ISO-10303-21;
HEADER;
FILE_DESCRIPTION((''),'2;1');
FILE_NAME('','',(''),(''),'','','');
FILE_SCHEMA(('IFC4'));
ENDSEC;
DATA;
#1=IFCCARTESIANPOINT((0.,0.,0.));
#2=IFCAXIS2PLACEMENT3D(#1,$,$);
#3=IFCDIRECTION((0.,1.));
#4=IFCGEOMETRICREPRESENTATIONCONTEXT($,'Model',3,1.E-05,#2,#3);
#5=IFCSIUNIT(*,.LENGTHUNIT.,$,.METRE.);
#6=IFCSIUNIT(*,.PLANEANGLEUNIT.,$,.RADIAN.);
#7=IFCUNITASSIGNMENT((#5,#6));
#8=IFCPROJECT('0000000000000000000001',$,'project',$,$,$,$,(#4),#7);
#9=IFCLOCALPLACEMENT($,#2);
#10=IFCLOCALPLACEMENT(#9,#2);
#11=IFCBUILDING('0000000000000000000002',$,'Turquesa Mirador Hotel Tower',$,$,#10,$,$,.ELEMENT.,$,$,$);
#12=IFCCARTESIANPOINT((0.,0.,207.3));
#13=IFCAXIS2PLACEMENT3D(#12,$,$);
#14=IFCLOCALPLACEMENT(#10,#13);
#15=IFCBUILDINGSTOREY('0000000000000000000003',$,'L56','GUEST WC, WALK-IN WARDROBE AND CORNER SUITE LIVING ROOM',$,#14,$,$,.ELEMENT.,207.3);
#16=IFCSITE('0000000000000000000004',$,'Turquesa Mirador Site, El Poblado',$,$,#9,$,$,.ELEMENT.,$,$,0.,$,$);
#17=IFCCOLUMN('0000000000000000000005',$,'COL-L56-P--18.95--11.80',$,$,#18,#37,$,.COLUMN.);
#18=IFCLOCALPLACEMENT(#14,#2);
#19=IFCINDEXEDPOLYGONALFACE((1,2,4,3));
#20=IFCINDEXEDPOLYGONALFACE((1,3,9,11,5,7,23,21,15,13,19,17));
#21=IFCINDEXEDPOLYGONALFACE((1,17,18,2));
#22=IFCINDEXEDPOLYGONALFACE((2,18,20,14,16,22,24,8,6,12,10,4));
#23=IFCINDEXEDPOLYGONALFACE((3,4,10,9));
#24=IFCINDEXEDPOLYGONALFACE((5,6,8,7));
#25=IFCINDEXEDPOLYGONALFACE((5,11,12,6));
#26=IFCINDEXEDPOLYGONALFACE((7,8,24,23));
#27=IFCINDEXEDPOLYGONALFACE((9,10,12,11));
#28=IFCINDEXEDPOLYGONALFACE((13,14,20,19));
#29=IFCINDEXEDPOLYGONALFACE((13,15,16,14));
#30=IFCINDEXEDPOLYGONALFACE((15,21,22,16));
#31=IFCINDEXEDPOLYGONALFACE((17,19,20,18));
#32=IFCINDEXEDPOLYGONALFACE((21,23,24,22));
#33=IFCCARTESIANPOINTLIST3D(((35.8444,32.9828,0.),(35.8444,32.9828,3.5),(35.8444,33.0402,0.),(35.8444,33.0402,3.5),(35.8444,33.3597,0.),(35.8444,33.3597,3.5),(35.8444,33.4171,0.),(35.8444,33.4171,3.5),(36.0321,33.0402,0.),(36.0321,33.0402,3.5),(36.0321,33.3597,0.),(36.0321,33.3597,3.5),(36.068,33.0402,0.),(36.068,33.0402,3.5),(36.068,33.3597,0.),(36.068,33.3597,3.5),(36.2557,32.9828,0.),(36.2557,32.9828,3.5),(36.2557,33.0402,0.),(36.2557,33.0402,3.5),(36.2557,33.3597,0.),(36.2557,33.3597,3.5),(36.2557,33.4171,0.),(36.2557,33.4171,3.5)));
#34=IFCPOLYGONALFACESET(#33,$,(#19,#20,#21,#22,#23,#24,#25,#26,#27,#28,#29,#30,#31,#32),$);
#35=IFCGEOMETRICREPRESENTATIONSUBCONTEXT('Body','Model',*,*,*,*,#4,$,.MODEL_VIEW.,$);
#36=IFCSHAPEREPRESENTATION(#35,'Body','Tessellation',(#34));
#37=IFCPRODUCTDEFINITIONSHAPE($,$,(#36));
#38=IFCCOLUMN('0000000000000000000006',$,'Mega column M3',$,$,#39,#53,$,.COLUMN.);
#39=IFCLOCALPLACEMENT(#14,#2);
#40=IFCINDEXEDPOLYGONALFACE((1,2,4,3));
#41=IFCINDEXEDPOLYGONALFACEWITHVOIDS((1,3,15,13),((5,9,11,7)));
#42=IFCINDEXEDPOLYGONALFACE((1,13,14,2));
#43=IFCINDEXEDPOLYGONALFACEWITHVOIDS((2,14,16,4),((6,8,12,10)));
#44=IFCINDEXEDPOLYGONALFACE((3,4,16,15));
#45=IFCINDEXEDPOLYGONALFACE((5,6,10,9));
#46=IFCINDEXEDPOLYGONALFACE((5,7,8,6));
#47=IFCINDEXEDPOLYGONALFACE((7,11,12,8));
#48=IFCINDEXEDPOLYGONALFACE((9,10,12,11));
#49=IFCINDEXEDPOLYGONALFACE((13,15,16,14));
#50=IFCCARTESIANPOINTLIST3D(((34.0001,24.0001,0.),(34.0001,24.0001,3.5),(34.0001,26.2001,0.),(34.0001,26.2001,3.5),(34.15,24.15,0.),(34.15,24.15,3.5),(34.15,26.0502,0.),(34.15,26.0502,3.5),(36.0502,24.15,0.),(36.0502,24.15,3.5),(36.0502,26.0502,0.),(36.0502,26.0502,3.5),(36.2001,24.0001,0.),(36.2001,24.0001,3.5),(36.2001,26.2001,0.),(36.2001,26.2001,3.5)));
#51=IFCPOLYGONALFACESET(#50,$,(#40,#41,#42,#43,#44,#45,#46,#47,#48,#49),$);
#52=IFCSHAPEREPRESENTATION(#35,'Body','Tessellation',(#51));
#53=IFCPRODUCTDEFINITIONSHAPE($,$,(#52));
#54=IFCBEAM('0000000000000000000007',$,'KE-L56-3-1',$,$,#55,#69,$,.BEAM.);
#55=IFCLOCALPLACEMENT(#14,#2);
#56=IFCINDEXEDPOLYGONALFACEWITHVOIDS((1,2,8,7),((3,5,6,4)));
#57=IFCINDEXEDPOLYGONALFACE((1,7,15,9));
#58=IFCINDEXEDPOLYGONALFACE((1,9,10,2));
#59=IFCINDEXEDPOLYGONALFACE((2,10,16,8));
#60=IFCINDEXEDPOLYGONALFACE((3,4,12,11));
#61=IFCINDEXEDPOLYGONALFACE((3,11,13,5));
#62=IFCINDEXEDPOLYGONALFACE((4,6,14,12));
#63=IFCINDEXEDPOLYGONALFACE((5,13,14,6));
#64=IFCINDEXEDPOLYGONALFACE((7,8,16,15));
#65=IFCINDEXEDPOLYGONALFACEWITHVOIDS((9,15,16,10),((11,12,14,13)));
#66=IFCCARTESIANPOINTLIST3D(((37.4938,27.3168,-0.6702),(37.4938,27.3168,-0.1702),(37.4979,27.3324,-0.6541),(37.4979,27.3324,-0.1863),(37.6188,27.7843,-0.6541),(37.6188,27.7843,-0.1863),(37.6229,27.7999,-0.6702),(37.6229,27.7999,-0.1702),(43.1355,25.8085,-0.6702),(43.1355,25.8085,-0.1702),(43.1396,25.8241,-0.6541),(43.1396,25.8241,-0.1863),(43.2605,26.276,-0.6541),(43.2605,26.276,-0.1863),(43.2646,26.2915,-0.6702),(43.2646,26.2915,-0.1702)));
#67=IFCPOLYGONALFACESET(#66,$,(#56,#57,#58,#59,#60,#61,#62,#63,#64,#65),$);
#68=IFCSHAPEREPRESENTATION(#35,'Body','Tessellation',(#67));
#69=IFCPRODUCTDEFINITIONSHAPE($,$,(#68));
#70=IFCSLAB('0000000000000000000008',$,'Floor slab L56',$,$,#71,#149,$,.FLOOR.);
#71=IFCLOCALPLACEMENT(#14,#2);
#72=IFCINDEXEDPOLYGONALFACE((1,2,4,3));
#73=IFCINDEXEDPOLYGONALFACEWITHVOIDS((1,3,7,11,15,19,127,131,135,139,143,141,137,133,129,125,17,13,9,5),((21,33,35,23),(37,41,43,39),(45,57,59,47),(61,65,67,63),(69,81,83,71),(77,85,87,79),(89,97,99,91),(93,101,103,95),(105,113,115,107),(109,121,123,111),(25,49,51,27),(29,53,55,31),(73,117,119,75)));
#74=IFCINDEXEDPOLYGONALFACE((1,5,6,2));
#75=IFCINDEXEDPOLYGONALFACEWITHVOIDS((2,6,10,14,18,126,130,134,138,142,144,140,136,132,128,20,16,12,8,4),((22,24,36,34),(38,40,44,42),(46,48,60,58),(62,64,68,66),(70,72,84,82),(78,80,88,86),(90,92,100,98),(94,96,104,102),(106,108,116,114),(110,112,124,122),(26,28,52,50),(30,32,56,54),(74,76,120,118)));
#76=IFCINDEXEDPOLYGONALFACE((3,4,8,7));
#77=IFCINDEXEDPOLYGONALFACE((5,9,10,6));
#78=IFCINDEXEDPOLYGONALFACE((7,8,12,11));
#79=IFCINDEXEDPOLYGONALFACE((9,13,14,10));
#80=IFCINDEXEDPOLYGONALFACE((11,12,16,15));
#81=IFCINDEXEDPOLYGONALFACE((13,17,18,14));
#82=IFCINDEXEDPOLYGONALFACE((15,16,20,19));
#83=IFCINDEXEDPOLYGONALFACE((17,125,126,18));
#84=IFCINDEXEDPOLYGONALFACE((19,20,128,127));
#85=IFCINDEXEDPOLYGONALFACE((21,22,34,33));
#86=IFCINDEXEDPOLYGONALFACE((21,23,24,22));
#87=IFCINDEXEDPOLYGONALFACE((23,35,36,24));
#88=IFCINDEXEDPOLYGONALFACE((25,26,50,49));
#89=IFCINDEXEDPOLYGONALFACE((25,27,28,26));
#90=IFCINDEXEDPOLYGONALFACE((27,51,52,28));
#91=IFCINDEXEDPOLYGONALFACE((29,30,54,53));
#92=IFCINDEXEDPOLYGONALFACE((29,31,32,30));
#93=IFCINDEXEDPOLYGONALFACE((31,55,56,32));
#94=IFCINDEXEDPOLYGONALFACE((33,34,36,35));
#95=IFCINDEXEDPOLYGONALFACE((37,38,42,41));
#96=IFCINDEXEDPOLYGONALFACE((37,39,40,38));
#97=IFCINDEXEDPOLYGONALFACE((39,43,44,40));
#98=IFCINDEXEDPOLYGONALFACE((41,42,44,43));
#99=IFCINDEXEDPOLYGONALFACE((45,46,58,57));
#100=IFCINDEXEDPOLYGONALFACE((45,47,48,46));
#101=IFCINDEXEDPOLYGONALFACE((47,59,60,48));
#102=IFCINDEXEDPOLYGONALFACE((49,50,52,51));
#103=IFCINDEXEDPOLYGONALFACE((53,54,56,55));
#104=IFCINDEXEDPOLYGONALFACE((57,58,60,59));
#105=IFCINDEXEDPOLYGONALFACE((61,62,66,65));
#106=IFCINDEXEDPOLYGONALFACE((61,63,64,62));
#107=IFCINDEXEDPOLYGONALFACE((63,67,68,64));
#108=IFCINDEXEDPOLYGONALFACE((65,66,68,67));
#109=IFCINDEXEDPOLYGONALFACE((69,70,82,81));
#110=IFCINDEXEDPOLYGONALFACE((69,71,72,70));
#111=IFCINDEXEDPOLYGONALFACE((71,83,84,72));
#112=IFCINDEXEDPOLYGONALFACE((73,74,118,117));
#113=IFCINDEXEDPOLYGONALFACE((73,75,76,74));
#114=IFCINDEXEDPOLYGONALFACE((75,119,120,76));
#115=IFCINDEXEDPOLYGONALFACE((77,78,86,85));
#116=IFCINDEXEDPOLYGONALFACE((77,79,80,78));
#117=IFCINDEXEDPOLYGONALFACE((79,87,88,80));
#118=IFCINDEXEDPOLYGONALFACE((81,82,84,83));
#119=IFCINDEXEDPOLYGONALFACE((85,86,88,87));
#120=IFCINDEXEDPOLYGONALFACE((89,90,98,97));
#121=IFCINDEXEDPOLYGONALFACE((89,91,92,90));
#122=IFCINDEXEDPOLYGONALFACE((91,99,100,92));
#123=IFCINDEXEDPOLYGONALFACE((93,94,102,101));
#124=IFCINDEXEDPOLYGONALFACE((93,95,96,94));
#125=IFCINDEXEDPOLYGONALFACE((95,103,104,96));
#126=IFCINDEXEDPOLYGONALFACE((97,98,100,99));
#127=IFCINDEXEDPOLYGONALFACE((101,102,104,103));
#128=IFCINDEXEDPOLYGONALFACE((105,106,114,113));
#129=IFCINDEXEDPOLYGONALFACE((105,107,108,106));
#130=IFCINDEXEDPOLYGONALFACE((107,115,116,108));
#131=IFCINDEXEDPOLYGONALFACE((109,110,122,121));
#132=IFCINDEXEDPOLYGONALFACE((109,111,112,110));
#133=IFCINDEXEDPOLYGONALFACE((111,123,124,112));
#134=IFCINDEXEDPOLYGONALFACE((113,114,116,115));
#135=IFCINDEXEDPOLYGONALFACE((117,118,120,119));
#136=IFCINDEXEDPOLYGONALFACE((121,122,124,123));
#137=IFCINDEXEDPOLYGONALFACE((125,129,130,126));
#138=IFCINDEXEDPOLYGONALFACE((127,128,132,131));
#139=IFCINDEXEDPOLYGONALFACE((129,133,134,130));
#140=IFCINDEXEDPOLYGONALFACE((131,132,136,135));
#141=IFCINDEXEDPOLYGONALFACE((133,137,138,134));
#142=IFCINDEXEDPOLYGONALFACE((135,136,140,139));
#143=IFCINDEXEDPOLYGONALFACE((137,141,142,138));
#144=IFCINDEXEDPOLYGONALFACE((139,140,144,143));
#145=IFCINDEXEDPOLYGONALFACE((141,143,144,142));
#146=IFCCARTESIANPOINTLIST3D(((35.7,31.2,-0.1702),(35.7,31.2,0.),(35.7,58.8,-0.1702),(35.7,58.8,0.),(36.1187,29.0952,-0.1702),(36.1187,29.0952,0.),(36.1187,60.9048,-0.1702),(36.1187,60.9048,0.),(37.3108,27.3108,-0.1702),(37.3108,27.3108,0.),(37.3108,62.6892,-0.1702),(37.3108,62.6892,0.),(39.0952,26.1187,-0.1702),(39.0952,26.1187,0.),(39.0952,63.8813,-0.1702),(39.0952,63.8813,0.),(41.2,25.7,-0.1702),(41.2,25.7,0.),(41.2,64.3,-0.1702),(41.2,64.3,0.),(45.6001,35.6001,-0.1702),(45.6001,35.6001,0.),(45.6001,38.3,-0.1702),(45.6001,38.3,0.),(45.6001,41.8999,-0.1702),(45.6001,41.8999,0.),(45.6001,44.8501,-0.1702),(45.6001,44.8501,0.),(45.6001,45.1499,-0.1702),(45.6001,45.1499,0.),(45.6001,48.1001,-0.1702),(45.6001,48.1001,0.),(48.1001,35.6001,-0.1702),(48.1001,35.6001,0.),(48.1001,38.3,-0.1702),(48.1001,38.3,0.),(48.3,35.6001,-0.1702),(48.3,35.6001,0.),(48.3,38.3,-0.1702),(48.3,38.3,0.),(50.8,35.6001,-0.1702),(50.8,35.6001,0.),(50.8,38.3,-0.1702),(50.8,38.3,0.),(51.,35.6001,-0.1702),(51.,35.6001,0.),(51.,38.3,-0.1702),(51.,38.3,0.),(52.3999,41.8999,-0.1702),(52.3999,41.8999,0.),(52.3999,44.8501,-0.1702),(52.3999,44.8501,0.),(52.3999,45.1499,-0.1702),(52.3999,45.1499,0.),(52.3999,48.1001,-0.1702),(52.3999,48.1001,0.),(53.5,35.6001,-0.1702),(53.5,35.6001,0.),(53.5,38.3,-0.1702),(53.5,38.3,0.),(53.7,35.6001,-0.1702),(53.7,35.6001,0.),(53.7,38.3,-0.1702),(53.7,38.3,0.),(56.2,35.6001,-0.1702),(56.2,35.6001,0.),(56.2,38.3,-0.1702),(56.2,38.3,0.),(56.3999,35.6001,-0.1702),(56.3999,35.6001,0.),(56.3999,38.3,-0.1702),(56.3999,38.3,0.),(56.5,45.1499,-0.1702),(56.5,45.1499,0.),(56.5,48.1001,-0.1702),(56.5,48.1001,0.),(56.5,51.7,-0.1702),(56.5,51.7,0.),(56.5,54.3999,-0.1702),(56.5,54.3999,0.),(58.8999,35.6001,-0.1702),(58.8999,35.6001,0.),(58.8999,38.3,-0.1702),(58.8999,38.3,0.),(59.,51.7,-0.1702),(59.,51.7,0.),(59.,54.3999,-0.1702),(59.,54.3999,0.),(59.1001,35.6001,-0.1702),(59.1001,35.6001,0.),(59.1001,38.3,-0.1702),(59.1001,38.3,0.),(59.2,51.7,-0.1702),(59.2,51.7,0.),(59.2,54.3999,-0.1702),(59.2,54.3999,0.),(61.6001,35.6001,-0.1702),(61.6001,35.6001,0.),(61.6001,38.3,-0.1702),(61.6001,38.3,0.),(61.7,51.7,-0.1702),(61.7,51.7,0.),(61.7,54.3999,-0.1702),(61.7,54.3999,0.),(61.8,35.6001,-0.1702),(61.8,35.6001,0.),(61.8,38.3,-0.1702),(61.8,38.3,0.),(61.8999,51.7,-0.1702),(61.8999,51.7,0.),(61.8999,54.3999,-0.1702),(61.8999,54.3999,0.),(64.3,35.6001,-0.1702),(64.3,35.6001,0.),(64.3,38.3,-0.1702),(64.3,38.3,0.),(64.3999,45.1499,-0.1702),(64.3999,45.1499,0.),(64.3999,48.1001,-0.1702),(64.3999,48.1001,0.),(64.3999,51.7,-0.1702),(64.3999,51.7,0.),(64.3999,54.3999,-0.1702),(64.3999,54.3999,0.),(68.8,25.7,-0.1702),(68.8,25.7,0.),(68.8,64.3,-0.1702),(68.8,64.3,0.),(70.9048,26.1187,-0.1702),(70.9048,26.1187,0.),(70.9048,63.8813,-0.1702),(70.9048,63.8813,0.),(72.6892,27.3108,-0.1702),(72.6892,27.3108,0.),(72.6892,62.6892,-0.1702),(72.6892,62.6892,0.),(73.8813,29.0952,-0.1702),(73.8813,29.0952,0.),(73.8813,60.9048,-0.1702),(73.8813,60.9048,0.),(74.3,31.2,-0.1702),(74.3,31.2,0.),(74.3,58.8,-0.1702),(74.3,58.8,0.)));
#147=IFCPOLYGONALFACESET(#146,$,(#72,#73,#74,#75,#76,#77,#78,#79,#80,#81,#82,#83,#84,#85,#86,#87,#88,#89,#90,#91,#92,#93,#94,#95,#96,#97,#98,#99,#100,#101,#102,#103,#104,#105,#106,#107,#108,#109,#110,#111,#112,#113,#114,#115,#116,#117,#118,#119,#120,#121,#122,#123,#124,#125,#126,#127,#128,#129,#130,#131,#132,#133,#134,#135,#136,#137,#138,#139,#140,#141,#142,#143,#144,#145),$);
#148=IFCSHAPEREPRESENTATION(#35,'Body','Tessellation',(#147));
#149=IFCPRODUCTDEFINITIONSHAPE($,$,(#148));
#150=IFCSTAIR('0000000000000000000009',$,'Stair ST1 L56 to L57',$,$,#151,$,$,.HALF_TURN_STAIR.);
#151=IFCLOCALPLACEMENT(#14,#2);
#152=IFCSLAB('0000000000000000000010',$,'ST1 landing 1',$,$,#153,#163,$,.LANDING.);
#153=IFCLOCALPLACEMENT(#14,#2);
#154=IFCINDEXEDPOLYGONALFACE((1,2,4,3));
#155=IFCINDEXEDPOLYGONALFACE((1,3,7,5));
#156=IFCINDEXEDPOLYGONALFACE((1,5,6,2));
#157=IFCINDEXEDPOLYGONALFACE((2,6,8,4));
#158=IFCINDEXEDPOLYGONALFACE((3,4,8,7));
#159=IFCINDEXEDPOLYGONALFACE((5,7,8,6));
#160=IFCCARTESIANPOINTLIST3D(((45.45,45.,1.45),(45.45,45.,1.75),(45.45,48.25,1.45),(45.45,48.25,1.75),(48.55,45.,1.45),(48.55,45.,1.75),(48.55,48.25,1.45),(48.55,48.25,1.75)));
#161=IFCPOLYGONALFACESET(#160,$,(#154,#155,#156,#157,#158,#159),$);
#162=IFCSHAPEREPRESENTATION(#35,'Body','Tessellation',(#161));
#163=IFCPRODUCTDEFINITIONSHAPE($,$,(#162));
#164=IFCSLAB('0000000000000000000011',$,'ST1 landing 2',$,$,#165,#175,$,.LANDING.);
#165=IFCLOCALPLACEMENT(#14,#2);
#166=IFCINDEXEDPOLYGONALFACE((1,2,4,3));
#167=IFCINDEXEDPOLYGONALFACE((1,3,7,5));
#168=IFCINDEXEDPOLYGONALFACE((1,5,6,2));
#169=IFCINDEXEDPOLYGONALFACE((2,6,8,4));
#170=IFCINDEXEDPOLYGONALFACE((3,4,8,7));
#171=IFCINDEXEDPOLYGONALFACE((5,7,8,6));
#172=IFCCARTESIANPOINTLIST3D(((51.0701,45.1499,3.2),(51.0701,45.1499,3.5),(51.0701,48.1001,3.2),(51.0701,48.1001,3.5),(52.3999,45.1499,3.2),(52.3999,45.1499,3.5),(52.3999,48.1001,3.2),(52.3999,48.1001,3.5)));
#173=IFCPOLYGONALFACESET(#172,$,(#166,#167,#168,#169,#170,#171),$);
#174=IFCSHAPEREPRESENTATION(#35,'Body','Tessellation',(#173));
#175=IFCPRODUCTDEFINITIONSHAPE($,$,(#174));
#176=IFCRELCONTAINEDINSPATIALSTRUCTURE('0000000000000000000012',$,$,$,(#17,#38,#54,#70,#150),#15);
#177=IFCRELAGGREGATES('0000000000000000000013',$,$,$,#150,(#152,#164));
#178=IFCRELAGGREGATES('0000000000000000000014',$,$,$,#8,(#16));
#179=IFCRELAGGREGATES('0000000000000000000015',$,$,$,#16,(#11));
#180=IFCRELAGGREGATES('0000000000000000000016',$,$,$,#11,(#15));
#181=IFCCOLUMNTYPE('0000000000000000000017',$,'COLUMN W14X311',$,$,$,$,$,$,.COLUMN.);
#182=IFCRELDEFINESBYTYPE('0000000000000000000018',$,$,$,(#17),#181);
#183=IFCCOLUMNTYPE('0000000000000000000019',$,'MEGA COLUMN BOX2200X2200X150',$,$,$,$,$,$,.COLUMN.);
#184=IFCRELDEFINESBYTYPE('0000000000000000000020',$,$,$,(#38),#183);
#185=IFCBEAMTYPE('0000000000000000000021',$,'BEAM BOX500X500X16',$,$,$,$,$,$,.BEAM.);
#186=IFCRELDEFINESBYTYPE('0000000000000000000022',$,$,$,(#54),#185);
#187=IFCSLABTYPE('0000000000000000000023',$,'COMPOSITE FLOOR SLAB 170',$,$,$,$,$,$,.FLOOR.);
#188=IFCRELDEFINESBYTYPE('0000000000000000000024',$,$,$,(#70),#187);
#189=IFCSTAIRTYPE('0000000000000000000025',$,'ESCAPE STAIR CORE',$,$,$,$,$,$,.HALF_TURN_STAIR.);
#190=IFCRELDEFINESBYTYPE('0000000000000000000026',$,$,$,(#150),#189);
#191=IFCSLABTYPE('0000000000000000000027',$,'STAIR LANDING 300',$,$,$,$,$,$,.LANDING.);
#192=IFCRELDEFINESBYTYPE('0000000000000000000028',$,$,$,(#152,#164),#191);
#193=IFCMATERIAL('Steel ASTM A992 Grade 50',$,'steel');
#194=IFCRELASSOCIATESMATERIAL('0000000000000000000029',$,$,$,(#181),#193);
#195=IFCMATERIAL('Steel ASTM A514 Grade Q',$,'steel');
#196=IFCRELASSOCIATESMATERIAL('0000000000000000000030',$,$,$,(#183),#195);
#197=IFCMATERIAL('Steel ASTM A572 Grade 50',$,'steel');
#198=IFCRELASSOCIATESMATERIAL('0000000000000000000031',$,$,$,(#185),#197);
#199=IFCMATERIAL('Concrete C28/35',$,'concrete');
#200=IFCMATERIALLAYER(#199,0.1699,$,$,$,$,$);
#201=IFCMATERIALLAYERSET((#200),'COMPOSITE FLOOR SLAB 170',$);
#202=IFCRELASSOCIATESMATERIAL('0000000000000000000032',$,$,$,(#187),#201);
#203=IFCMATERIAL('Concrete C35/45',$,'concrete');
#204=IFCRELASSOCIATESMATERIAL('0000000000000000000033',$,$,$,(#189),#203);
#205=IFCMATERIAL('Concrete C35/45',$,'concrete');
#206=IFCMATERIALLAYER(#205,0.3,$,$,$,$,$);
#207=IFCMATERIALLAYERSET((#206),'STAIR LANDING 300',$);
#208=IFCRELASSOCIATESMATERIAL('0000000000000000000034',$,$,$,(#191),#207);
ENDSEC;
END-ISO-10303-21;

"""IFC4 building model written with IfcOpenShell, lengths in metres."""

from ifc_helpers import new_model, si_unit, direction, frame, origin, origin_2d, place, context, subcontext, project, spatial, polyline, hollow_rectangle, i_section, outline, extrude, material, layer, layer_set, material_profile, profile_set, type_object, element, aggregate, save


model = new_model("IFC4")

# Units and contexts
model_context = context("Model", 3, precision=1e-05, world=origin(), true_north=direction((0.0, 1.0)))
body_context = subcontext(model_context, "Body", "Model", "MODEL_VIEW")
ifc_project = project(units=[si_unit("LENGTHUNIT", "METRE"), si_unit("PLANEANGLEUNIT", "RADIAN")], contexts=[model_context])

# Site, building, storey
site_placement = place(None, origin())
site = spatial("IfcSite", under=ifc_project, at=site_placement, Name="Turquesa Mirador Site, El Poblado", CompositionType="ELEMENT", RefElevation=0.0)
building_placement = place(site_placement, origin())
building = spatial("IfcBuilding", under=site, at=building_placement, Name="Turquesa Mirador Hotel Tower", CompositionType="ELEMENT")
storey_placement = place(building_placement, frame((0.0, 0.0, 207.3)))
storey = spatial("IfcBuildingStorey", under=building, at=storey_placement, Name="L56", Description="GUEST WC, WALK-IN WARDROBE AND CORNER SUITE LIVING ROOM", CompositionType="ELEMENT", Elevation=207.3)

# Columns
ifc_material_1 = material(Name="Steel ASTM A992 Grade 50", Category="steel")
ifc_material_profile_1 = material_profile(ifc_material_1, i_section(OverallWidth=0.4114, OverallDepth=0.4343, WebThickness=0.0359, FlangeThickness=0.0574, at=origin_2d()), Name="W14X311")
ifc_profile_set_1 = profile_set([ifc_material_profile_1], Name="Steel ASTM A992 Grade 50")
column_type_1 = type_object("IfcColumnType", Name="COLUMN W14X311", PredefinedType="COLUMN", material=ifc_profile_set_1)
column_1_placement = place(storey_placement, frame((36.05, 33.2, 0.0), z_axis=(0.0, 0.0, 1.0), x_axis=(1.0, 0.0, 0.0)))
element("IfcColumn", 1, at=column_1_placement, inside=storey, type_object=column_type_1, Name="COL-L56-P--18.95--11.80", PredefinedType="COLUMN", context=body_context, shape_type="SweptSolid", body=[
    extrude(i_section(OverallWidth=0.4114, OverallDepth=0.4343, WebThickness=0.0359, FlangeThickness=0.0574, at=origin_2d()), origin(), (0.0, 0.0, 1.0), 3.5),
])
ifc_material_2 = material(Name="Steel ASTM A514 Grade Q", Category="steel")
ifc_material_profile_2 = material_profile(ifc_material_2, hollow_rectangle(XDim=2.2, YDim=2.2, WallThickness=0.1499, at=origin_2d()), Name="BOX2200X2200X150")
ifc_profile_set_2 = profile_set([ifc_material_profile_2], Name="Steel ASTM A514 Grade Q")
column_type_2 = type_object("IfcColumnType", Name="MEGA COLUMN BOX2200X2200X150", PredefinedType="COLUMN", material=ifc_profile_set_2)
column_2_placement = place(storey_placement, frame((35.1001, 25.1001, 0.0), z_axis=(0.0, 0.0, 1.0), x_axis=(1.0, 0.0, 0.0)))
element("IfcColumn", 2, at=column_2_placement, inside=storey, type_object=column_type_2, Name="Mega column M3", PredefinedType="COLUMN", context=body_context, shape_type="SweptSolid", body=[
    extrude(hollow_rectangle(XDim=2.2, YDim=2.2, WallThickness=0.1499, at=origin_2d()), origin(), (0.0, 0.0, 1.0), 3.5),
])

# Beam
ifc_material_3 = material(Name="Steel ASTM A572 Grade 50", Category="steel")
ifc_material_profile_3 = material_profile(ifc_material_3, hollow_rectangle(XDim=0.5, YDim=0.5, WallThickness=0.0161, at=origin_2d()), Name="BOX500X500X16")
ifc_profile_set_3 = profile_set([ifc_material_profile_3], Name="Steel ASTM A572 Grade 50")
beam_type = type_object("IfcBeamType", Name="BEAM BOX500X500X16", PredefinedType="BEAM", material=ifc_profile_set_3)
beam_placement = place(storey_placement, frame((37.5583, 27.5583, -0.4202), z_axis=(0.96607, -0.258282, 0.0), x_axis=(0.258282, 0.96607, 0.0)))
element("IfcBeam", 3, at=beam_placement, inside=storey, type_object=beam_type, Name="KE-L56-3-1", PredefinedType="BEAM", context=body_context, shape_type="SweptSolid", body=[
    extrude(hollow_rectangle(XDim=0.5, YDim=0.5, WallThickness=0.0161, at=origin_2d()), origin(), (0.0, 0.0, 1.0), 5.8398),
])

# Slab
ifc_material_4 = material(Name="Concrete C28/35", Category="concrete")
ifc_layer_1 = layer(ifc_material_4, 0.1699)
ifc_layer_set_1 = layer_set([ifc_layer_1], Name="COMPOSITE FLOOR SLAB 170")
slab_type_1 = type_object("IfcSlabType", Name="COMPOSITE FLOOR SLAB 170", PredefinedType="FLOOR", material=ifc_layer_set_1)
slab_1_placement = place(storey_placement, frame((0.0, 0.0, -0.1702)))
element("IfcSlab", 4, at=slab_1_placement, inside=storey, type_object=slab_type_1, Name="Floor slab L56", PredefinedType="FLOOR", context=body_context, shape_type="SweptSolid", body=[
    extrude(outline(polyline([(68.8, 25.7), (70.9048, 26.1187), (72.6892, 27.3108), (73.8813, 29.0952), (74.3, 31.2), (74.3, 58.8), (73.8813, 60.9048), (72.6892, 62.6892), (70.9048, 63.8813), (68.8, 64.3), (41.2, 64.3), (39.0952, 63.8813), (37.3108, 62.6892), (36.1187, 60.9048), (35.7, 58.8), (35.7, 31.2), (36.1187, 29.0952), (37.3108, 27.3108), (39.0952, 26.1187), (41.2, 25.7), (68.8, 25.7)]), holes=[polyline([(56.5, 51.7), (59.0, 51.7), (59.0, 54.3999), (56.5, 54.3999), (56.5, 51.7)]), polyline([(59.2, 51.7), (61.7, 51.7), (61.7, 54.3999), (59.2, 54.3999), (59.2, 51.7)]), polyline([(45.6001, 35.6001), (48.1001, 35.6001), (48.1001, 38.3), (45.6001, 38.3), (45.6001, 35.6001)]), polyline([(48.3, 35.6001), (50.8, 35.6001), (50.8, 38.3), (48.3, 38.3), (48.3, 35.6001)]), polyline([(51.0, 35.6001), (53.5, 35.6001), (53.5, 38.3), (51.0, 38.3), (51.0, 35.6001)]), polyline([(53.7, 35.6001), (56.2, 35.6001), (56.2, 38.3), (53.7, 38.3), (53.7, 35.6001)]), polyline([(56.3999, 35.6001), (58.8999, 35.6001), (58.8999, 38.3), (56.3999, 38.3), (56.3999, 35.6001)]), polyline([(59.1001, 35.6001), (61.6001, 35.6001), (61.6001, 38.3), (59.1001, 38.3), (59.1001, 35.6001)]), polyline([(61.8, 35.6001), (64.3, 35.6001), (64.3, 38.3), (61.8, 38.3), (61.8, 35.6001)]), polyline([(45.6001, 45.1499), (52.3999, 45.1499), (52.3999, 48.1001), (45.6001, 48.1001), (45.6001, 45.1499)]), polyline([(45.6001, 41.8999), (52.3999, 41.8999), (52.3999, 44.8501), (45.6001, 44.8501), (45.6001, 41.8999)]), polyline([(56.5, 45.1499), (64.3999, 45.1499), (64.3999, 48.1001), (56.5, 48.1001), (56.5, 45.1499)]), polyline([(61.8999, 51.7), (64.3999, 51.7), (64.3999, 54.3999), (61.8999, 54.3999), (61.8999, 51.7)])]), origin(), (0.0, 0.0, 1.0), 0.1702),
])

# Stair, slabs
ifc_material_5 = material(Name="Concrete C35/45", Category="concrete")
stair_type = type_object("IfcStairType", Name="ESCAPE STAIR CORE", PredefinedType="HALF_TURN_STAIR", material=ifc_material_5)
stair_1_placement = place(storey_placement, origin())
stair_1 = element("IfcStair", 5, at=stair_1_placement, inside=storey, type_object=stair_type, Name="Stair ST1 L56 to L57", PredefinedType="HALF_TURN_STAIR")
ifc_material_6 = material(Name="Concrete C35/45", Category="concrete")
ifc_layer_2 = layer(ifc_material_6, 0.3)
ifc_layer_set_2 = layer_set([ifc_layer_2], Name="STAIR LANDING 300")
slab_type_2 = type_object("IfcSlabType", Name="STAIR LANDING 300", PredefinedType="LANDING", material=ifc_layer_set_2)
slab_2_placement = place(storey_placement, frame((0.0, 0.0, 1.45)))
slab_2 = element("IfcSlab", 6, at=slab_2_placement, type_object=slab_type_2, Name="ST1 landing 1", PredefinedType="LANDING", context=body_context, shape_type="SweptSolid", body=[
    extrude(outline(polyline([(45.45, 45.0), (48.55, 45.0), (48.55, 48.25), (45.45, 48.25), (45.45, 45.0)])), origin(), (0.0, 0.0, 1.0), 0.3),
])
slab_3_placement = place(storey_placement, frame((0.0, 0.0, 3.2)))
slab_3 = element("IfcSlab", 7, at=slab_3_placement, type_object=slab_type_2, Name="ST1 landing 2", PredefinedType="LANDING", context=body_context, shape_type="SweptSolid", body=[
    extrude(outline(polyline([(51.0701, 45.1499), (52.3999, 45.1499), (52.3999, 48.1001), (51.0701, 48.1001), (51.0701, 45.1499)])), origin(), (0.0, 0.0, 1.0), 0.3),
])
aggregate(stair_1, [slab_2, slab_3])

save(model, "model.ifc")
